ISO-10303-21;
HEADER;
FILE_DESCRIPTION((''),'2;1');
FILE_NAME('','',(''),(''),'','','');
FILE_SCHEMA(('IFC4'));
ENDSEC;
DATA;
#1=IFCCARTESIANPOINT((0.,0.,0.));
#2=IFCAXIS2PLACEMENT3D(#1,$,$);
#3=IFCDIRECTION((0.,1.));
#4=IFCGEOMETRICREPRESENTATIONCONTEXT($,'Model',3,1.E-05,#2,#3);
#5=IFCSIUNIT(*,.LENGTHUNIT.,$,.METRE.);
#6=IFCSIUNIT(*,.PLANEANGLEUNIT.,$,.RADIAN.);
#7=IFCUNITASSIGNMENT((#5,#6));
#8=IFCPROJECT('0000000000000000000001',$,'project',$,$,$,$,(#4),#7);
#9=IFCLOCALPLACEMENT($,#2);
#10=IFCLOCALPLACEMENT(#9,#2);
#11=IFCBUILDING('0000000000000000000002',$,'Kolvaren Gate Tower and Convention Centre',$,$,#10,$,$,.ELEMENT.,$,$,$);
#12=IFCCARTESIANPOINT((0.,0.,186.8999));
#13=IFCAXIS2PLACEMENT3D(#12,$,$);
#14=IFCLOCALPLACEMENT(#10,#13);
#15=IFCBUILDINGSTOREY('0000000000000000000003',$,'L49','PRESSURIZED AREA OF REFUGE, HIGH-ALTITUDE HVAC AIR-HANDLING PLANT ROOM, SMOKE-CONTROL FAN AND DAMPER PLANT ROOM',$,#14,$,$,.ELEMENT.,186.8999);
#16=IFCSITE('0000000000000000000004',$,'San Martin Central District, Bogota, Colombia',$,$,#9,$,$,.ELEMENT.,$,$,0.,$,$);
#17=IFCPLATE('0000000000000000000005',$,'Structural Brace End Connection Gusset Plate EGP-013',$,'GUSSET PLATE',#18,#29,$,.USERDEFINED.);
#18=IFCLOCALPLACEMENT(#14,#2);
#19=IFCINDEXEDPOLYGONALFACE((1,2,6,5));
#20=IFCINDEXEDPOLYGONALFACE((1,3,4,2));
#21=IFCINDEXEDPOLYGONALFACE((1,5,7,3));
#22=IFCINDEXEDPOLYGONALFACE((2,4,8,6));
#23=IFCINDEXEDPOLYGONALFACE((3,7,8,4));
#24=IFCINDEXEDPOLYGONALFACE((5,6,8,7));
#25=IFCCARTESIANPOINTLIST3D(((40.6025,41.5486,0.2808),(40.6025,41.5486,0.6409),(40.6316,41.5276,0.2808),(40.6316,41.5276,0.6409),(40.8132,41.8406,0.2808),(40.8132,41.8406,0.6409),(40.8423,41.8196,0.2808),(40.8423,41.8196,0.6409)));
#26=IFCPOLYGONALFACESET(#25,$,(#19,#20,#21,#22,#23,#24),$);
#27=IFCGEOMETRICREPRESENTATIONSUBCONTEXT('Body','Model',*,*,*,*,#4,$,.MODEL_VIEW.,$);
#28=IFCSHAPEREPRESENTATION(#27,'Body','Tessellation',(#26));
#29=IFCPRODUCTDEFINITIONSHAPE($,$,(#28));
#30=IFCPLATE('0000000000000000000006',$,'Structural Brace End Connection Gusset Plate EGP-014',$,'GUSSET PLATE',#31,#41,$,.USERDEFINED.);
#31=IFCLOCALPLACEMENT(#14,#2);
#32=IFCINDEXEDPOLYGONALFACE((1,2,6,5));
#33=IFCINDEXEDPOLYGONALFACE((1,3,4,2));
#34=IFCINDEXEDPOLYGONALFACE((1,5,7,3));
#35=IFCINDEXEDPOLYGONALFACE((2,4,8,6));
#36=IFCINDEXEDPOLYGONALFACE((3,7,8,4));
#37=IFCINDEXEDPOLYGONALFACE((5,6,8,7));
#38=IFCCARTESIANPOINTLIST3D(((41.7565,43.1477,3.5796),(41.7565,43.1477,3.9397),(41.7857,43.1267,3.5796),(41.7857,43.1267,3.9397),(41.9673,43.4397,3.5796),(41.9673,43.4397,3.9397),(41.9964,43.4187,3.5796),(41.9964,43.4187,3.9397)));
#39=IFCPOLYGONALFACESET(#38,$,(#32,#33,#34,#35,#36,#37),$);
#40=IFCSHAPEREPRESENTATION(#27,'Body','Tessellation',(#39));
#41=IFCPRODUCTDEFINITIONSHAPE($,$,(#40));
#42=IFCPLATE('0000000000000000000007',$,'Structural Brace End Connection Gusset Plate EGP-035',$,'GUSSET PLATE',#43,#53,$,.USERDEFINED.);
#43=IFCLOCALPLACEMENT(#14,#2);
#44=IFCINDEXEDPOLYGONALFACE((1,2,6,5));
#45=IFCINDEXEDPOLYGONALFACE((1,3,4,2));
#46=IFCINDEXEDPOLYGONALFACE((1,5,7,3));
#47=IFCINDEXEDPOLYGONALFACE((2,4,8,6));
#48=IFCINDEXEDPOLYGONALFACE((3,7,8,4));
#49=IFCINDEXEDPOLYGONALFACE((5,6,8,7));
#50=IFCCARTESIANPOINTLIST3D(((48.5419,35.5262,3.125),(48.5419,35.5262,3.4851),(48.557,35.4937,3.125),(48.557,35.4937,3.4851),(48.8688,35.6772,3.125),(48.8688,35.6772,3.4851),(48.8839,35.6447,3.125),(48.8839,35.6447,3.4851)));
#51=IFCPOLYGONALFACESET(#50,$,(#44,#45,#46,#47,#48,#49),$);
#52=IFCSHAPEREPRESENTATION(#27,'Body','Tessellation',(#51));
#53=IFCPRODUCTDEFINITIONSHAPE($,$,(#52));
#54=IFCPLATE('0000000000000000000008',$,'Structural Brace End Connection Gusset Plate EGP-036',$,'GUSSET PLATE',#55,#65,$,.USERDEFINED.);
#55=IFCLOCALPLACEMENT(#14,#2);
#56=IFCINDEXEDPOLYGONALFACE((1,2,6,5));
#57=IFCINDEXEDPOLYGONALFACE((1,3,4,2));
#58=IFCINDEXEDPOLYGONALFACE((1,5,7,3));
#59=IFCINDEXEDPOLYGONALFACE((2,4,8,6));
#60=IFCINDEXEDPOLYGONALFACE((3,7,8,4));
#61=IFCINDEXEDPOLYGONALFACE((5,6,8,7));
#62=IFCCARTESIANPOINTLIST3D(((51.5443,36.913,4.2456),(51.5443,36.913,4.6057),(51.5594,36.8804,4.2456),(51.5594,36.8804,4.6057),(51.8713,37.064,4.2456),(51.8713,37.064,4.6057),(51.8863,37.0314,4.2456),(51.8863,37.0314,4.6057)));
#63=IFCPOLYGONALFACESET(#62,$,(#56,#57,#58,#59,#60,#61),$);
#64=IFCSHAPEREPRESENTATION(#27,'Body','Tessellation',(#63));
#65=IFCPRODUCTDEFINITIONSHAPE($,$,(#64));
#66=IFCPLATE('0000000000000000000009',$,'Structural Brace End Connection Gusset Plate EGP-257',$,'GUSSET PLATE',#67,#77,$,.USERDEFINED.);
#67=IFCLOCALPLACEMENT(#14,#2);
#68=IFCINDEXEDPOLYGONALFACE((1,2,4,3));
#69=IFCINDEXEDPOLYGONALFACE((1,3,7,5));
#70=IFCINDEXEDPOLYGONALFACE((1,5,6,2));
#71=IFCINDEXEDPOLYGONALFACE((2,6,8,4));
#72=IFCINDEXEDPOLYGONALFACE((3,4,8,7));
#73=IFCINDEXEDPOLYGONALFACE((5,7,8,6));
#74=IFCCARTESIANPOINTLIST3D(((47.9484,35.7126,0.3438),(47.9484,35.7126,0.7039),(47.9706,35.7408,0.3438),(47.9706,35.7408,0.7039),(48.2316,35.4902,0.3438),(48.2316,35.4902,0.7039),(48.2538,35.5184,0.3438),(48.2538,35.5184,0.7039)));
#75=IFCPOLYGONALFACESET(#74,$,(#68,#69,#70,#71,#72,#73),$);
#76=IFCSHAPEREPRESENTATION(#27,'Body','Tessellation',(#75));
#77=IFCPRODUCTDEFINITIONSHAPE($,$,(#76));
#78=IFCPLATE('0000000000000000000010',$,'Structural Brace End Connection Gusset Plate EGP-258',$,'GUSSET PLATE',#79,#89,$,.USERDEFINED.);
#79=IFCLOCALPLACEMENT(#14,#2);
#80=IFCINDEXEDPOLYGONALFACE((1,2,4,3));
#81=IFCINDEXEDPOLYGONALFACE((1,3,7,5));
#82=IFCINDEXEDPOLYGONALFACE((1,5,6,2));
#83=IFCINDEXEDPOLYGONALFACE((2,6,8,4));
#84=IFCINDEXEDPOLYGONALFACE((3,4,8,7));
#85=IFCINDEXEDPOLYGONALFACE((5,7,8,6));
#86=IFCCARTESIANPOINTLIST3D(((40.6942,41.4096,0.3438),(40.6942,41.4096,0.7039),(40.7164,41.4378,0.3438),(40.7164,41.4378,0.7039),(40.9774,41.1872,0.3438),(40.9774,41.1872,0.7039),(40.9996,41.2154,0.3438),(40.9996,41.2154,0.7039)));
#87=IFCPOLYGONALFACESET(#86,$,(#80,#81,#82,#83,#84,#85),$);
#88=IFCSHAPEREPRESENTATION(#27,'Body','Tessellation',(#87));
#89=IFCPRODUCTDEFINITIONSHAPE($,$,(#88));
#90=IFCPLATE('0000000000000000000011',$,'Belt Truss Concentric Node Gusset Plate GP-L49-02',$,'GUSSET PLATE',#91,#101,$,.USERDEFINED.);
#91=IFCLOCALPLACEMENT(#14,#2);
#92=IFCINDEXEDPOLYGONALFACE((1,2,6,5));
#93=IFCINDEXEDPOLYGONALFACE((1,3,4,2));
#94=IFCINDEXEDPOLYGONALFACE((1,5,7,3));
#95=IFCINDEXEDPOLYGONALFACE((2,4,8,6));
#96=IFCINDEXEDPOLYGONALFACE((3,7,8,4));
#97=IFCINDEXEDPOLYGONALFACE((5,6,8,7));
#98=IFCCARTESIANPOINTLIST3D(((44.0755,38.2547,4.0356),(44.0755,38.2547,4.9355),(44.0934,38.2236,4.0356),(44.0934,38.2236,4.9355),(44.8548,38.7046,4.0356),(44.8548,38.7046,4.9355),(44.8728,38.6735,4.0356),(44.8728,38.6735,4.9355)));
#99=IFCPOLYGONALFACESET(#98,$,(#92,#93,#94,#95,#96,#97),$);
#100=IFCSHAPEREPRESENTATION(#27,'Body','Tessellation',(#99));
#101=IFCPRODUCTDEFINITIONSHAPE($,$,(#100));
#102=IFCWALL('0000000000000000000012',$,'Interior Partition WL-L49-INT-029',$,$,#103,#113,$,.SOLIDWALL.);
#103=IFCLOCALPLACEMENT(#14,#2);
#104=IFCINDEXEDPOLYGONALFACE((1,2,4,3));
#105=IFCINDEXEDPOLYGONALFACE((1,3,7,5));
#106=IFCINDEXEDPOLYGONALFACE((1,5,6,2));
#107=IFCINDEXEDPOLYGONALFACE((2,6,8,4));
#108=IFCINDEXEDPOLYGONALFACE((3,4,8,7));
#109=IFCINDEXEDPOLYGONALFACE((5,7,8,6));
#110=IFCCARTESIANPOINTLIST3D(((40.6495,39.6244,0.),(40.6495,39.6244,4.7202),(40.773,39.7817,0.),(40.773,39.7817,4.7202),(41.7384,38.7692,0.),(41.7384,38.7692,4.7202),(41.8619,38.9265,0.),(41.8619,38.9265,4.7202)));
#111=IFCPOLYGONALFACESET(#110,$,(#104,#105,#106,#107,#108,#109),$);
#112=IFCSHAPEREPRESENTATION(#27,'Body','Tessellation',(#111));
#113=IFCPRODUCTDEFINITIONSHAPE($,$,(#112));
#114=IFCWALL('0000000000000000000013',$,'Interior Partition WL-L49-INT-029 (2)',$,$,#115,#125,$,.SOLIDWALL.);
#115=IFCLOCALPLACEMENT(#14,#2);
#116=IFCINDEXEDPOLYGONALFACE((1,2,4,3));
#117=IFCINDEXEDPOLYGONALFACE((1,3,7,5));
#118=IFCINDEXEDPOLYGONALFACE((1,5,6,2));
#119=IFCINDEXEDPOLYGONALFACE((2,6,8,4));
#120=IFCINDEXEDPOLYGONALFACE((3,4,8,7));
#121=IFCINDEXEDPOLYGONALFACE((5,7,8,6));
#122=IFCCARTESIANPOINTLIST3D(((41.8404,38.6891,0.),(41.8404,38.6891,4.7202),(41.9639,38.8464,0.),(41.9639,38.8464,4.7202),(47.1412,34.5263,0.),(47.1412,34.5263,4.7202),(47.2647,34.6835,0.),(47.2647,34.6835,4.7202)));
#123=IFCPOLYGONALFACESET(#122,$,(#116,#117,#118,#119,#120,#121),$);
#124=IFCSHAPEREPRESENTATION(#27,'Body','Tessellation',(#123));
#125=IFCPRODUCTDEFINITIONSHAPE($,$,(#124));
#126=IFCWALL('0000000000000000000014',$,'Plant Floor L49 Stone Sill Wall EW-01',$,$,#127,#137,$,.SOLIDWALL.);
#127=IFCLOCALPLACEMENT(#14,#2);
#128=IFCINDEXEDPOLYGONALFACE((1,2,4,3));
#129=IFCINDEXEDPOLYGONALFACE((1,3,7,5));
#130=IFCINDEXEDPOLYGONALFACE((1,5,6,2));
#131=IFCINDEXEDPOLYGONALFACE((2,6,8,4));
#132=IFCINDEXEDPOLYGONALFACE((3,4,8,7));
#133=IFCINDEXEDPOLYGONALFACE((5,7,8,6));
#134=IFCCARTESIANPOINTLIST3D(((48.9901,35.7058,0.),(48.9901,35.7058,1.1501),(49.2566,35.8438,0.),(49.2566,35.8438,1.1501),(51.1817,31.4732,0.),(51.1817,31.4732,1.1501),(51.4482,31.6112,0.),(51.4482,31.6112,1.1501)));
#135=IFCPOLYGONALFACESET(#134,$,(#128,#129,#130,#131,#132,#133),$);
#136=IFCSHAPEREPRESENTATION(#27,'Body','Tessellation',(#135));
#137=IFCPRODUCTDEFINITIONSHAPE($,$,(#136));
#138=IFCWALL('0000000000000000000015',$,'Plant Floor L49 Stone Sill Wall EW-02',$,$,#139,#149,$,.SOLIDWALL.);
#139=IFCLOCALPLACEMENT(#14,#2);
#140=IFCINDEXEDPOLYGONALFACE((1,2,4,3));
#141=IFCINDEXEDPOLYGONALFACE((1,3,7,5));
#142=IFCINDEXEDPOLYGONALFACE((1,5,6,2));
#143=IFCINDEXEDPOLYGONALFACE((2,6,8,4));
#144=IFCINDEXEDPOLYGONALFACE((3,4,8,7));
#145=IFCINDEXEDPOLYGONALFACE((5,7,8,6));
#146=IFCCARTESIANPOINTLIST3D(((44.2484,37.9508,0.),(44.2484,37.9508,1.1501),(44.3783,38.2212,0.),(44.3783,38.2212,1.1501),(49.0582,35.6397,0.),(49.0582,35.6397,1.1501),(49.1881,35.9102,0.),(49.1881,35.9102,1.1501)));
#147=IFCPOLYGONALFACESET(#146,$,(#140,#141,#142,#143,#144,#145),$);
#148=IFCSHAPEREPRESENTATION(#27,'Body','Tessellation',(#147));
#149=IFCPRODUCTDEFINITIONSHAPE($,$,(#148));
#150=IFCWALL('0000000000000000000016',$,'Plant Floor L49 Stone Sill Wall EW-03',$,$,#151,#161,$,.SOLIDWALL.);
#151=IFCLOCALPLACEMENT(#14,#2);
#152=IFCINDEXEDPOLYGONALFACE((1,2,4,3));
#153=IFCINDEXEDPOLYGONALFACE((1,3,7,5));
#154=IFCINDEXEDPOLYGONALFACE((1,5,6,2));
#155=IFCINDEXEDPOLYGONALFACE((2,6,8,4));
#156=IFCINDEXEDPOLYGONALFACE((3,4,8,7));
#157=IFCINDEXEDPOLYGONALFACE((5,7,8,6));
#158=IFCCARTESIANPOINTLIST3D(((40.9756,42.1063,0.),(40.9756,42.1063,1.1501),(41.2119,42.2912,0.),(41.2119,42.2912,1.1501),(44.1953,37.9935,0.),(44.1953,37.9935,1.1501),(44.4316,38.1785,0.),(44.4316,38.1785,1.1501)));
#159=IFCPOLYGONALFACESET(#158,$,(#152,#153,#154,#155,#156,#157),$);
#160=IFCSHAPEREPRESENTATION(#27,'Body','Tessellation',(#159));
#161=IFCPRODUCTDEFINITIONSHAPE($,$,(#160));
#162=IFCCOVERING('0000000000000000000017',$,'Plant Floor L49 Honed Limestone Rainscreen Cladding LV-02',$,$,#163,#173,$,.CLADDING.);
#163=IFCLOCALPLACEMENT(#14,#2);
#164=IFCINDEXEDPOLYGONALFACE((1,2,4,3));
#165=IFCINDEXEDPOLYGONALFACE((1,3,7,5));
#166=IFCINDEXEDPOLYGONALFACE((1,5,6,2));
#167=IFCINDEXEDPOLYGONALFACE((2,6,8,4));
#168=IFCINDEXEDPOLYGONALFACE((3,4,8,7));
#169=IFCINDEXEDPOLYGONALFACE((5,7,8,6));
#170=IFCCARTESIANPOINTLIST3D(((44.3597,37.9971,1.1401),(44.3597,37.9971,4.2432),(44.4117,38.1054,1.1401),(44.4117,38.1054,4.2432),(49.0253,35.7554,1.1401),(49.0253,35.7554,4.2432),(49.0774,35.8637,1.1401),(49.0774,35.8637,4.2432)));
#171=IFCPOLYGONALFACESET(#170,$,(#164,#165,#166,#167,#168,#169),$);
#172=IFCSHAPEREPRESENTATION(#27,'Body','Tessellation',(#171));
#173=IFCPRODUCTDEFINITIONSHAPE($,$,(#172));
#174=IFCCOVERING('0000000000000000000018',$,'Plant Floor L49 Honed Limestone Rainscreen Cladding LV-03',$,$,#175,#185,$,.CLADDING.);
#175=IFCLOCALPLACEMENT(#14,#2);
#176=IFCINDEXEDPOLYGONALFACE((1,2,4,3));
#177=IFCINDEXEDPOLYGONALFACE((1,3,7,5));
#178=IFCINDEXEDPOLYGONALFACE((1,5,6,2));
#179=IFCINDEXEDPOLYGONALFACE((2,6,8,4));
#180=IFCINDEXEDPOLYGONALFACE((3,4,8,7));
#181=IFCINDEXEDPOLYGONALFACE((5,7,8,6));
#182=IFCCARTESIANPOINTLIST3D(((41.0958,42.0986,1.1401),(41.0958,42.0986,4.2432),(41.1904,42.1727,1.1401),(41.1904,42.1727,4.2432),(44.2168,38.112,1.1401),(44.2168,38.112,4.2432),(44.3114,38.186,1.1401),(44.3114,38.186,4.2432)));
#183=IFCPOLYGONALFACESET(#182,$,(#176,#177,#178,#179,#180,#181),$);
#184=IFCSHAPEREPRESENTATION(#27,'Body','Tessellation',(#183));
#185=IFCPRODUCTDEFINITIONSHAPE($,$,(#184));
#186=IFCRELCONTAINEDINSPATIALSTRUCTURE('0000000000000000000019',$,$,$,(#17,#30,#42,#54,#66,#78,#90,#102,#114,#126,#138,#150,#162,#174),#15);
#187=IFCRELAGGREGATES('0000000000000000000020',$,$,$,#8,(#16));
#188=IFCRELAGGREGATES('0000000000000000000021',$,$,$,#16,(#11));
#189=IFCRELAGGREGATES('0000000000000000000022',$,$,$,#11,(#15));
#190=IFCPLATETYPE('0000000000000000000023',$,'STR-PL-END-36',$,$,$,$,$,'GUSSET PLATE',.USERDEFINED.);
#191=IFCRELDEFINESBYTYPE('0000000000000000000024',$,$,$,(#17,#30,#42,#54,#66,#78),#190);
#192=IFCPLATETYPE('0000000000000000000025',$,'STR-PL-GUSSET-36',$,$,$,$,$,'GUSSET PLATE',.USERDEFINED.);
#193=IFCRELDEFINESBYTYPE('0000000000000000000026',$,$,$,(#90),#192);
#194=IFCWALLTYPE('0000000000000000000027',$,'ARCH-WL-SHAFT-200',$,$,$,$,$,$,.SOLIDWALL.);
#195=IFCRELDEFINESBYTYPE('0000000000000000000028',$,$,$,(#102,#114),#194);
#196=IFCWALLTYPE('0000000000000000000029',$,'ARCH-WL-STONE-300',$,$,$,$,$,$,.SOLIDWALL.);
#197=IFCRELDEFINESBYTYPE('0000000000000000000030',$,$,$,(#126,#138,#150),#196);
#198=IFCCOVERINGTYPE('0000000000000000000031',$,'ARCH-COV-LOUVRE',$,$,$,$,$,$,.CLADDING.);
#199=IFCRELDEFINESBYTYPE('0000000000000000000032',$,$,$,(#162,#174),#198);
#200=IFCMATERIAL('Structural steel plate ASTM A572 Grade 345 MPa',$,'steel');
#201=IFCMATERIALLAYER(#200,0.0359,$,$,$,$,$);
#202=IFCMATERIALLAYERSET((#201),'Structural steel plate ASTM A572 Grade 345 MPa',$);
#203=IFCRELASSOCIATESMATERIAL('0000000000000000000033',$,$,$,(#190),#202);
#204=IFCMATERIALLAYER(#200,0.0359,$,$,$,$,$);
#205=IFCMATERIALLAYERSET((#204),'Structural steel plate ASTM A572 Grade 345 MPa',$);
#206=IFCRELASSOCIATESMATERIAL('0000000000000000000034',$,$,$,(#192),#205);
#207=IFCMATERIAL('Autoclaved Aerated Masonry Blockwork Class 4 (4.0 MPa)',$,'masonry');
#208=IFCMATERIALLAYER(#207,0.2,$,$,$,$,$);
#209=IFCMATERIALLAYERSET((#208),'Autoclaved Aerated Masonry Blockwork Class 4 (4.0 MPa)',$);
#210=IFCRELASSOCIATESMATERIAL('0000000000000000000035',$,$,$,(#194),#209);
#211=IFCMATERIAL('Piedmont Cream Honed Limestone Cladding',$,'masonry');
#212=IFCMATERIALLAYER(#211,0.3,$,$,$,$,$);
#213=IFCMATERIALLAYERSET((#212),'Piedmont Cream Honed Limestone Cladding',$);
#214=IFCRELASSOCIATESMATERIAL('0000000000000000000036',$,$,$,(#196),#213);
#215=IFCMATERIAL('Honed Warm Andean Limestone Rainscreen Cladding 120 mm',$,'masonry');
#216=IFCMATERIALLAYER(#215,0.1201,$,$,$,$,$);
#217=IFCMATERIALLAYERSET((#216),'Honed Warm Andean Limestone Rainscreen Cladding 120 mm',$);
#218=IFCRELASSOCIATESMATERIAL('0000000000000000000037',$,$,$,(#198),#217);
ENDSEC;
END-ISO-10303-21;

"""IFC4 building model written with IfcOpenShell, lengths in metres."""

from ifc_helpers import new_model, si_unit, direction, frame, frame_2d, origin, origin_2d, place, context, subcontext, project, spatial, rectangle, extrude, material, layer, layer_set, type_object, element, save


model = new_model("IFC4")

# Units and contexts
model_context = context("Model", 3, precision=1e-05, world=origin(), true_north=direction((0.0, 1.0)))
body_context = subcontext(model_context, "Body", "Model", "MODEL_VIEW")
ifc_project = project(units=[si_unit("LENGTHUNIT", "METRE"), si_unit("PLANEANGLEUNIT", "RADIAN")], contexts=[model_context])

# Site, building, storey
site_placement = place(None, origin())
site = spatial("IfcSite", under=ifc_project, at=site_placement, Name="San Martin Central District, Bogota, Colombia", CompositionType="ELEMENT", RefElevation=0.0)
building_placement = place(site_placement, origin())
building = spatial("IfcBuilding", under=site, at=building_placement, Name="Kolvaren Gate Tower and Convention Centre", CompositionType="ELEMENT")
storey_placement = place(building_placement, frame((0.0, 0.0, 186.8999)))
storey = spatial("IfcBuildingStorey", under=building, at=storey_placement, Name="L49", Description="PRESSURIZED AREA OF REFUGE, HIGH-ALTITUDE HVAC AIR-HANDLING PLANT ROOM, SMOKE-CONTROL FAN AND DAMPER PLANT ROOM", CompositionType="ELEMENT", Elevation=186.8999)

# Plates
ifc_material_1 = material(Name="Structural steel plate ASTM A572 Grade 345 MPa", Category="steel")
ifc_layer_1 = layer(ifc_material_1, 0.0359)
ifc_layer_set_1 = layer_set([ifc_layer_1], Name="Structural steel plate ASTM A572 Grade 345 MPa")
plate_type_1 = type_object("IfcPlateType", Name="STR-PL-END-36", ElementType="GUSSET PLATE", PredefinedType="USERDEFINED", material=ifc_layer_set_1)
for number, where, z_axis, x_axis, name in (
    (1, (40.7224, 41.6841, 0.2808), (0.0, 0.0, 1.0), (0.585184, 0.8109, 0.0), "Structural Brace End Connection Gusset Plate EGP-013"),
    (2, (41.8765, 43.2832, 3.5796), (0.0, 0.0, 1.0), (0.585184, 0.8109, 0.0), "Structural Brace End Connection Gusset Plate EGP-014"),
    (3, (48.7129, 35.5854, 3.125), (0.0, 0.0, 1.0), (0.907843, 0.419311, 0.0), "Structural Brace End Connection Gusset Plate EGP-035"),
    (4, (51.7153, 36.9722, 4.2456), (0.0, 0.0, 1.0), (0.907843, 0.419311, 0.0), "Structural Brace End Connection Gusset Plate EGP-036"),
    (5, (48.1011, 35.6155, 0.3438), (0.0, 0.0, 1.0), (-0.786445, 0.617661, 0.0), "Structural Brace End Connection Gusset Plate EGP-257"),
    (6, (40.8469, 41.3125, 0.3438), (0.0, 0.0, 1.0), (0.786452, -0.617651, 0.0), "Structural Brace End Connection Gusset Plate EGP-258"),
):
    element("IfcPlate", number, at=place(storey_placement, frame(where, z_axis=z_axis, x_axis=x_axis)), inside=storey, type_object=plate_type_1, Name=name, ObjectType="GUSSET PLATE", PredefinedType="USERDEFINED", context=body_context, shape_type="SweptSolid", body=[
        extrude(rectangle(XDim=0.3601, YDim=0.0359, at=origin_2d()), origin(), (0.0, 0.0, 1.0), 0.3601),
    ])
ifc_layer_2 = layer(ifc_material_1, 0.0359)
ifc_layer_set_2 = layer_set([ifc_layer_2], Name="Structural steel plate ASTM A572 Grade 345 MPa")
plate_type_2 = type_object("IfcPlateType", Name="STR-PL-GUSSET-36", ElementType="GUSSET PLATE", PredefinedType="USERDEFINED", material=ifc_layer_set_2)
plate_1_placement = place(storey_placement, frame((44.4741, 38.4641, 4.0356), z_axis=(0.0, 0.0, 1.0), x_axis=(0.866025, 0.5, 0.0)))
element("IfcPlate", 7, at=plate_1_placement, inside=storey, type_object=plate_type_2, Name="Belt Truss Concentric Node Gusset Plate GP-L49-02", ObjectType="GUSSET PLATE", PredefinedType="USERDEFINED", context=body_context, shape_type="SweptSolid", body=[
    extrude(rectangle(XDim=0.8999, YDim=0.0359, at=origin_2d()), origin(), (0.0, 0.0, 1.0), 0.8999),
])

# Walls
ifc_material_2 = material(Name="Autoclaved Aerated Masonry Blockwork Class 4 (4.0 MPa)", Category="masonry")
ifc_layer_3 = layer(ifc_material_2, 0.2)
ifc_layer_set_3 = layer_set([ifc_layer_3], Name="Autoclaved Aerated Masonry Blockwork Class 4 (4.0 MPa)")
wall_type_1 = type_object("IfcWallType", Name="ARCH-WL-SHAFT-200", PredefinedType="SOLIDWALL", material=ifc_layer_set_3)
wall_1_placement = place(storey_placement, frame((40.7112, 39.7031, 0.0), z_axis=(0.0, 0.0, 1.0), x_axis=(0.786428, -0.617681, 0.0)))
element("IfcWall", 8, at=wall_1_placement, inside=storey, type_object=wall_type_1, Name="Interior Partition WL-L49-INT-029", PredefinedType="SOLIDWALL", context=body_context, shape_type="SweptSolid", body=[
    extrude(rectangle(XDim=1.3845, YDim=0.2, at=frame_2d((0.6924, 0.0))), origin(), (0.0, 0.0, 1.0), 4.7202),
])
wall_2_placement = place(storey_placement, frame((41.9021, 38.7678, 0.0), z_axis=(0.0, 0.0, 1.0), x_axis=(0.786467, -0.617633, 0.0)))
element("IfcWall", 9, at=wall_2_placement, inside=storey, type_object=wall_type_1, Name="Interior Partition WL-L49-INT-029 (2)", PredefinedType="SOLIDWALL", context=body_context, shape_type="SweptSolid", body=[
    extrude(rectangle(XDim=6.74, YDim=0.2, at=frame_2d((3.3701, 0.0))), origin(), (0.0, 0.0, 1.0), 4.7202),
])
ifc_material_3 = material(Name="Piedmont Cream Honed Limestone Cladding", Category="masonry")
ifc_layer_4 = layer(ifc_material_3, 0.3)
ifc_layer_set_4 = layer_set([ifc_layer_4], Name="Piedmont Cream Honed Limestone Cladding")
wall_type_2 = type_object("IfcWallType", Name="ARCH-WL-STONE-300", PredefinedType="SOLIDWALL", material=ifc_layer_set_4)
wall_3_placement = place(storey_placement, frame((49.1233, 35.7749, 0.0), z_axis=(0.0, 0.0, 1.0), x_axis=(0.45981, -0.888017, 0.0)))
element("IfcWall", 10, at=wall_3_placement, inside=storey, type_object=wall_type_2, Name="Plant Floor L49 Stone Sill Wall EW-01", PredefinedType="SOLIDWALL", context=body_context, shape_type="SweptSolid", body=[
    extrude(rectangle(XDim=4.7664, YDim=0.3, at=frame_2d((2.3833, 0.0))), origin(), (0.0, 0.0, 1.0), 1.1501),
])
wall_4_placement = place(storey_placement, frame((44.3135, 38.0859, 0.0), z_axis=(0.0, 0.0, 1.0), x_axis=(0.901353, -0.433085, 0.0)))
element("IfcWall", 11, at=wall_4_placement, inside=storey, type_object=wall_type_2, Name="Plant Floor L49 Stone Sill Wall EW-02", PredefinedType="SOLIDWALL", context=body_context, shape_type="SweptSolid", body=[
    extrude(rectangle(XDim=5.3362, YDim=0.3, at=frame_2d((2.668, 0.0))), origin(), (0.0, 0.0, 1.0), 1.1501),
])
wall_5_placement = place(storey_placement, frame((41.0938, 42.1987, 0.0), z_axis=(0.0, 0.0, 1.0), x_axis=(0.616429, -0.78741, 0.0)))
element("IfcWall", 12, at=wall_5_placement, inside=storey, type_object=wall_type_2, Name="Plant Floor L49 Stone Sill Wall EW-03", PredefinedType="SOLIDWALL", context=body_context, shape_type="SweptSolid", body=[
    extrude(rectangle(XDim=5.2231, YDim=0.3, at=frame_2d((2.6116, 0.0))), origin(), (0.0, 0.0, 1.0), 1.1501),
])

# Coverings
ifc_material_4 = material(Name="Honed Warm Andean Limestone Rainscreen Cladding 120 mm", Category="masonry")
ifc_layer_5 = layer(ifc_material_4, 0.1201)
ifc_layer_set_5 = layer_set([ifc_layer_5], Name="Honed Warm Andean Limestone Rainscreen Cladding 120 mm")
covering_type = type_object("IfcCoveringType", Name="ARCH-COV-LOUVRE", PredefinedType="CLADDING", material=ifc_layer_set_5)
covering_1_placement = place(storey_placement, frame((46.7185, 36.9304, 1.1401), z_axis=(0.0, 0.0, 1.0), x_axis=(0.901358, -0.433074, 0.0)))
element("IfcCovering", 13, at=covering_1_placement, inside=storey, type_object=covering_type, Name="Plant Floor L49 Honed Limestone Rainscreen Cladding LV-02", PredefinedType="CLADDING", context=body_context, shape_type="SweptSolid", body=[
    extrude(rectangle(XDim=5.1763, YDim=0.1201, at=origin_2d()), origin(), (0.0, 0.0, 1.0), 3.103),
])
covering_2_placement = place(storey_placement, frame((42.7036, 40.1423, 1.1401), z_axis=(0.0, 0.0, 1.0), x_axis=(0.616434, -0.787406, 0.0)))
element("IfcCovering", 14, at=covering_2_placement, inside=storey, type_object=covering_type, Name="Plant Floor L49 Honed Limestone Rainscreen Cladding LV-03", PredefinedType="CLADDING", context=body_context, shape_type="SweptSolid", body=[
    extrude(rectangle(XDim=5.063, YDim=0.1201, at=origin_2d()), origin(), (0.0, 0.0, 1.0), 3.103),
])

save(model, "model.ifc")
